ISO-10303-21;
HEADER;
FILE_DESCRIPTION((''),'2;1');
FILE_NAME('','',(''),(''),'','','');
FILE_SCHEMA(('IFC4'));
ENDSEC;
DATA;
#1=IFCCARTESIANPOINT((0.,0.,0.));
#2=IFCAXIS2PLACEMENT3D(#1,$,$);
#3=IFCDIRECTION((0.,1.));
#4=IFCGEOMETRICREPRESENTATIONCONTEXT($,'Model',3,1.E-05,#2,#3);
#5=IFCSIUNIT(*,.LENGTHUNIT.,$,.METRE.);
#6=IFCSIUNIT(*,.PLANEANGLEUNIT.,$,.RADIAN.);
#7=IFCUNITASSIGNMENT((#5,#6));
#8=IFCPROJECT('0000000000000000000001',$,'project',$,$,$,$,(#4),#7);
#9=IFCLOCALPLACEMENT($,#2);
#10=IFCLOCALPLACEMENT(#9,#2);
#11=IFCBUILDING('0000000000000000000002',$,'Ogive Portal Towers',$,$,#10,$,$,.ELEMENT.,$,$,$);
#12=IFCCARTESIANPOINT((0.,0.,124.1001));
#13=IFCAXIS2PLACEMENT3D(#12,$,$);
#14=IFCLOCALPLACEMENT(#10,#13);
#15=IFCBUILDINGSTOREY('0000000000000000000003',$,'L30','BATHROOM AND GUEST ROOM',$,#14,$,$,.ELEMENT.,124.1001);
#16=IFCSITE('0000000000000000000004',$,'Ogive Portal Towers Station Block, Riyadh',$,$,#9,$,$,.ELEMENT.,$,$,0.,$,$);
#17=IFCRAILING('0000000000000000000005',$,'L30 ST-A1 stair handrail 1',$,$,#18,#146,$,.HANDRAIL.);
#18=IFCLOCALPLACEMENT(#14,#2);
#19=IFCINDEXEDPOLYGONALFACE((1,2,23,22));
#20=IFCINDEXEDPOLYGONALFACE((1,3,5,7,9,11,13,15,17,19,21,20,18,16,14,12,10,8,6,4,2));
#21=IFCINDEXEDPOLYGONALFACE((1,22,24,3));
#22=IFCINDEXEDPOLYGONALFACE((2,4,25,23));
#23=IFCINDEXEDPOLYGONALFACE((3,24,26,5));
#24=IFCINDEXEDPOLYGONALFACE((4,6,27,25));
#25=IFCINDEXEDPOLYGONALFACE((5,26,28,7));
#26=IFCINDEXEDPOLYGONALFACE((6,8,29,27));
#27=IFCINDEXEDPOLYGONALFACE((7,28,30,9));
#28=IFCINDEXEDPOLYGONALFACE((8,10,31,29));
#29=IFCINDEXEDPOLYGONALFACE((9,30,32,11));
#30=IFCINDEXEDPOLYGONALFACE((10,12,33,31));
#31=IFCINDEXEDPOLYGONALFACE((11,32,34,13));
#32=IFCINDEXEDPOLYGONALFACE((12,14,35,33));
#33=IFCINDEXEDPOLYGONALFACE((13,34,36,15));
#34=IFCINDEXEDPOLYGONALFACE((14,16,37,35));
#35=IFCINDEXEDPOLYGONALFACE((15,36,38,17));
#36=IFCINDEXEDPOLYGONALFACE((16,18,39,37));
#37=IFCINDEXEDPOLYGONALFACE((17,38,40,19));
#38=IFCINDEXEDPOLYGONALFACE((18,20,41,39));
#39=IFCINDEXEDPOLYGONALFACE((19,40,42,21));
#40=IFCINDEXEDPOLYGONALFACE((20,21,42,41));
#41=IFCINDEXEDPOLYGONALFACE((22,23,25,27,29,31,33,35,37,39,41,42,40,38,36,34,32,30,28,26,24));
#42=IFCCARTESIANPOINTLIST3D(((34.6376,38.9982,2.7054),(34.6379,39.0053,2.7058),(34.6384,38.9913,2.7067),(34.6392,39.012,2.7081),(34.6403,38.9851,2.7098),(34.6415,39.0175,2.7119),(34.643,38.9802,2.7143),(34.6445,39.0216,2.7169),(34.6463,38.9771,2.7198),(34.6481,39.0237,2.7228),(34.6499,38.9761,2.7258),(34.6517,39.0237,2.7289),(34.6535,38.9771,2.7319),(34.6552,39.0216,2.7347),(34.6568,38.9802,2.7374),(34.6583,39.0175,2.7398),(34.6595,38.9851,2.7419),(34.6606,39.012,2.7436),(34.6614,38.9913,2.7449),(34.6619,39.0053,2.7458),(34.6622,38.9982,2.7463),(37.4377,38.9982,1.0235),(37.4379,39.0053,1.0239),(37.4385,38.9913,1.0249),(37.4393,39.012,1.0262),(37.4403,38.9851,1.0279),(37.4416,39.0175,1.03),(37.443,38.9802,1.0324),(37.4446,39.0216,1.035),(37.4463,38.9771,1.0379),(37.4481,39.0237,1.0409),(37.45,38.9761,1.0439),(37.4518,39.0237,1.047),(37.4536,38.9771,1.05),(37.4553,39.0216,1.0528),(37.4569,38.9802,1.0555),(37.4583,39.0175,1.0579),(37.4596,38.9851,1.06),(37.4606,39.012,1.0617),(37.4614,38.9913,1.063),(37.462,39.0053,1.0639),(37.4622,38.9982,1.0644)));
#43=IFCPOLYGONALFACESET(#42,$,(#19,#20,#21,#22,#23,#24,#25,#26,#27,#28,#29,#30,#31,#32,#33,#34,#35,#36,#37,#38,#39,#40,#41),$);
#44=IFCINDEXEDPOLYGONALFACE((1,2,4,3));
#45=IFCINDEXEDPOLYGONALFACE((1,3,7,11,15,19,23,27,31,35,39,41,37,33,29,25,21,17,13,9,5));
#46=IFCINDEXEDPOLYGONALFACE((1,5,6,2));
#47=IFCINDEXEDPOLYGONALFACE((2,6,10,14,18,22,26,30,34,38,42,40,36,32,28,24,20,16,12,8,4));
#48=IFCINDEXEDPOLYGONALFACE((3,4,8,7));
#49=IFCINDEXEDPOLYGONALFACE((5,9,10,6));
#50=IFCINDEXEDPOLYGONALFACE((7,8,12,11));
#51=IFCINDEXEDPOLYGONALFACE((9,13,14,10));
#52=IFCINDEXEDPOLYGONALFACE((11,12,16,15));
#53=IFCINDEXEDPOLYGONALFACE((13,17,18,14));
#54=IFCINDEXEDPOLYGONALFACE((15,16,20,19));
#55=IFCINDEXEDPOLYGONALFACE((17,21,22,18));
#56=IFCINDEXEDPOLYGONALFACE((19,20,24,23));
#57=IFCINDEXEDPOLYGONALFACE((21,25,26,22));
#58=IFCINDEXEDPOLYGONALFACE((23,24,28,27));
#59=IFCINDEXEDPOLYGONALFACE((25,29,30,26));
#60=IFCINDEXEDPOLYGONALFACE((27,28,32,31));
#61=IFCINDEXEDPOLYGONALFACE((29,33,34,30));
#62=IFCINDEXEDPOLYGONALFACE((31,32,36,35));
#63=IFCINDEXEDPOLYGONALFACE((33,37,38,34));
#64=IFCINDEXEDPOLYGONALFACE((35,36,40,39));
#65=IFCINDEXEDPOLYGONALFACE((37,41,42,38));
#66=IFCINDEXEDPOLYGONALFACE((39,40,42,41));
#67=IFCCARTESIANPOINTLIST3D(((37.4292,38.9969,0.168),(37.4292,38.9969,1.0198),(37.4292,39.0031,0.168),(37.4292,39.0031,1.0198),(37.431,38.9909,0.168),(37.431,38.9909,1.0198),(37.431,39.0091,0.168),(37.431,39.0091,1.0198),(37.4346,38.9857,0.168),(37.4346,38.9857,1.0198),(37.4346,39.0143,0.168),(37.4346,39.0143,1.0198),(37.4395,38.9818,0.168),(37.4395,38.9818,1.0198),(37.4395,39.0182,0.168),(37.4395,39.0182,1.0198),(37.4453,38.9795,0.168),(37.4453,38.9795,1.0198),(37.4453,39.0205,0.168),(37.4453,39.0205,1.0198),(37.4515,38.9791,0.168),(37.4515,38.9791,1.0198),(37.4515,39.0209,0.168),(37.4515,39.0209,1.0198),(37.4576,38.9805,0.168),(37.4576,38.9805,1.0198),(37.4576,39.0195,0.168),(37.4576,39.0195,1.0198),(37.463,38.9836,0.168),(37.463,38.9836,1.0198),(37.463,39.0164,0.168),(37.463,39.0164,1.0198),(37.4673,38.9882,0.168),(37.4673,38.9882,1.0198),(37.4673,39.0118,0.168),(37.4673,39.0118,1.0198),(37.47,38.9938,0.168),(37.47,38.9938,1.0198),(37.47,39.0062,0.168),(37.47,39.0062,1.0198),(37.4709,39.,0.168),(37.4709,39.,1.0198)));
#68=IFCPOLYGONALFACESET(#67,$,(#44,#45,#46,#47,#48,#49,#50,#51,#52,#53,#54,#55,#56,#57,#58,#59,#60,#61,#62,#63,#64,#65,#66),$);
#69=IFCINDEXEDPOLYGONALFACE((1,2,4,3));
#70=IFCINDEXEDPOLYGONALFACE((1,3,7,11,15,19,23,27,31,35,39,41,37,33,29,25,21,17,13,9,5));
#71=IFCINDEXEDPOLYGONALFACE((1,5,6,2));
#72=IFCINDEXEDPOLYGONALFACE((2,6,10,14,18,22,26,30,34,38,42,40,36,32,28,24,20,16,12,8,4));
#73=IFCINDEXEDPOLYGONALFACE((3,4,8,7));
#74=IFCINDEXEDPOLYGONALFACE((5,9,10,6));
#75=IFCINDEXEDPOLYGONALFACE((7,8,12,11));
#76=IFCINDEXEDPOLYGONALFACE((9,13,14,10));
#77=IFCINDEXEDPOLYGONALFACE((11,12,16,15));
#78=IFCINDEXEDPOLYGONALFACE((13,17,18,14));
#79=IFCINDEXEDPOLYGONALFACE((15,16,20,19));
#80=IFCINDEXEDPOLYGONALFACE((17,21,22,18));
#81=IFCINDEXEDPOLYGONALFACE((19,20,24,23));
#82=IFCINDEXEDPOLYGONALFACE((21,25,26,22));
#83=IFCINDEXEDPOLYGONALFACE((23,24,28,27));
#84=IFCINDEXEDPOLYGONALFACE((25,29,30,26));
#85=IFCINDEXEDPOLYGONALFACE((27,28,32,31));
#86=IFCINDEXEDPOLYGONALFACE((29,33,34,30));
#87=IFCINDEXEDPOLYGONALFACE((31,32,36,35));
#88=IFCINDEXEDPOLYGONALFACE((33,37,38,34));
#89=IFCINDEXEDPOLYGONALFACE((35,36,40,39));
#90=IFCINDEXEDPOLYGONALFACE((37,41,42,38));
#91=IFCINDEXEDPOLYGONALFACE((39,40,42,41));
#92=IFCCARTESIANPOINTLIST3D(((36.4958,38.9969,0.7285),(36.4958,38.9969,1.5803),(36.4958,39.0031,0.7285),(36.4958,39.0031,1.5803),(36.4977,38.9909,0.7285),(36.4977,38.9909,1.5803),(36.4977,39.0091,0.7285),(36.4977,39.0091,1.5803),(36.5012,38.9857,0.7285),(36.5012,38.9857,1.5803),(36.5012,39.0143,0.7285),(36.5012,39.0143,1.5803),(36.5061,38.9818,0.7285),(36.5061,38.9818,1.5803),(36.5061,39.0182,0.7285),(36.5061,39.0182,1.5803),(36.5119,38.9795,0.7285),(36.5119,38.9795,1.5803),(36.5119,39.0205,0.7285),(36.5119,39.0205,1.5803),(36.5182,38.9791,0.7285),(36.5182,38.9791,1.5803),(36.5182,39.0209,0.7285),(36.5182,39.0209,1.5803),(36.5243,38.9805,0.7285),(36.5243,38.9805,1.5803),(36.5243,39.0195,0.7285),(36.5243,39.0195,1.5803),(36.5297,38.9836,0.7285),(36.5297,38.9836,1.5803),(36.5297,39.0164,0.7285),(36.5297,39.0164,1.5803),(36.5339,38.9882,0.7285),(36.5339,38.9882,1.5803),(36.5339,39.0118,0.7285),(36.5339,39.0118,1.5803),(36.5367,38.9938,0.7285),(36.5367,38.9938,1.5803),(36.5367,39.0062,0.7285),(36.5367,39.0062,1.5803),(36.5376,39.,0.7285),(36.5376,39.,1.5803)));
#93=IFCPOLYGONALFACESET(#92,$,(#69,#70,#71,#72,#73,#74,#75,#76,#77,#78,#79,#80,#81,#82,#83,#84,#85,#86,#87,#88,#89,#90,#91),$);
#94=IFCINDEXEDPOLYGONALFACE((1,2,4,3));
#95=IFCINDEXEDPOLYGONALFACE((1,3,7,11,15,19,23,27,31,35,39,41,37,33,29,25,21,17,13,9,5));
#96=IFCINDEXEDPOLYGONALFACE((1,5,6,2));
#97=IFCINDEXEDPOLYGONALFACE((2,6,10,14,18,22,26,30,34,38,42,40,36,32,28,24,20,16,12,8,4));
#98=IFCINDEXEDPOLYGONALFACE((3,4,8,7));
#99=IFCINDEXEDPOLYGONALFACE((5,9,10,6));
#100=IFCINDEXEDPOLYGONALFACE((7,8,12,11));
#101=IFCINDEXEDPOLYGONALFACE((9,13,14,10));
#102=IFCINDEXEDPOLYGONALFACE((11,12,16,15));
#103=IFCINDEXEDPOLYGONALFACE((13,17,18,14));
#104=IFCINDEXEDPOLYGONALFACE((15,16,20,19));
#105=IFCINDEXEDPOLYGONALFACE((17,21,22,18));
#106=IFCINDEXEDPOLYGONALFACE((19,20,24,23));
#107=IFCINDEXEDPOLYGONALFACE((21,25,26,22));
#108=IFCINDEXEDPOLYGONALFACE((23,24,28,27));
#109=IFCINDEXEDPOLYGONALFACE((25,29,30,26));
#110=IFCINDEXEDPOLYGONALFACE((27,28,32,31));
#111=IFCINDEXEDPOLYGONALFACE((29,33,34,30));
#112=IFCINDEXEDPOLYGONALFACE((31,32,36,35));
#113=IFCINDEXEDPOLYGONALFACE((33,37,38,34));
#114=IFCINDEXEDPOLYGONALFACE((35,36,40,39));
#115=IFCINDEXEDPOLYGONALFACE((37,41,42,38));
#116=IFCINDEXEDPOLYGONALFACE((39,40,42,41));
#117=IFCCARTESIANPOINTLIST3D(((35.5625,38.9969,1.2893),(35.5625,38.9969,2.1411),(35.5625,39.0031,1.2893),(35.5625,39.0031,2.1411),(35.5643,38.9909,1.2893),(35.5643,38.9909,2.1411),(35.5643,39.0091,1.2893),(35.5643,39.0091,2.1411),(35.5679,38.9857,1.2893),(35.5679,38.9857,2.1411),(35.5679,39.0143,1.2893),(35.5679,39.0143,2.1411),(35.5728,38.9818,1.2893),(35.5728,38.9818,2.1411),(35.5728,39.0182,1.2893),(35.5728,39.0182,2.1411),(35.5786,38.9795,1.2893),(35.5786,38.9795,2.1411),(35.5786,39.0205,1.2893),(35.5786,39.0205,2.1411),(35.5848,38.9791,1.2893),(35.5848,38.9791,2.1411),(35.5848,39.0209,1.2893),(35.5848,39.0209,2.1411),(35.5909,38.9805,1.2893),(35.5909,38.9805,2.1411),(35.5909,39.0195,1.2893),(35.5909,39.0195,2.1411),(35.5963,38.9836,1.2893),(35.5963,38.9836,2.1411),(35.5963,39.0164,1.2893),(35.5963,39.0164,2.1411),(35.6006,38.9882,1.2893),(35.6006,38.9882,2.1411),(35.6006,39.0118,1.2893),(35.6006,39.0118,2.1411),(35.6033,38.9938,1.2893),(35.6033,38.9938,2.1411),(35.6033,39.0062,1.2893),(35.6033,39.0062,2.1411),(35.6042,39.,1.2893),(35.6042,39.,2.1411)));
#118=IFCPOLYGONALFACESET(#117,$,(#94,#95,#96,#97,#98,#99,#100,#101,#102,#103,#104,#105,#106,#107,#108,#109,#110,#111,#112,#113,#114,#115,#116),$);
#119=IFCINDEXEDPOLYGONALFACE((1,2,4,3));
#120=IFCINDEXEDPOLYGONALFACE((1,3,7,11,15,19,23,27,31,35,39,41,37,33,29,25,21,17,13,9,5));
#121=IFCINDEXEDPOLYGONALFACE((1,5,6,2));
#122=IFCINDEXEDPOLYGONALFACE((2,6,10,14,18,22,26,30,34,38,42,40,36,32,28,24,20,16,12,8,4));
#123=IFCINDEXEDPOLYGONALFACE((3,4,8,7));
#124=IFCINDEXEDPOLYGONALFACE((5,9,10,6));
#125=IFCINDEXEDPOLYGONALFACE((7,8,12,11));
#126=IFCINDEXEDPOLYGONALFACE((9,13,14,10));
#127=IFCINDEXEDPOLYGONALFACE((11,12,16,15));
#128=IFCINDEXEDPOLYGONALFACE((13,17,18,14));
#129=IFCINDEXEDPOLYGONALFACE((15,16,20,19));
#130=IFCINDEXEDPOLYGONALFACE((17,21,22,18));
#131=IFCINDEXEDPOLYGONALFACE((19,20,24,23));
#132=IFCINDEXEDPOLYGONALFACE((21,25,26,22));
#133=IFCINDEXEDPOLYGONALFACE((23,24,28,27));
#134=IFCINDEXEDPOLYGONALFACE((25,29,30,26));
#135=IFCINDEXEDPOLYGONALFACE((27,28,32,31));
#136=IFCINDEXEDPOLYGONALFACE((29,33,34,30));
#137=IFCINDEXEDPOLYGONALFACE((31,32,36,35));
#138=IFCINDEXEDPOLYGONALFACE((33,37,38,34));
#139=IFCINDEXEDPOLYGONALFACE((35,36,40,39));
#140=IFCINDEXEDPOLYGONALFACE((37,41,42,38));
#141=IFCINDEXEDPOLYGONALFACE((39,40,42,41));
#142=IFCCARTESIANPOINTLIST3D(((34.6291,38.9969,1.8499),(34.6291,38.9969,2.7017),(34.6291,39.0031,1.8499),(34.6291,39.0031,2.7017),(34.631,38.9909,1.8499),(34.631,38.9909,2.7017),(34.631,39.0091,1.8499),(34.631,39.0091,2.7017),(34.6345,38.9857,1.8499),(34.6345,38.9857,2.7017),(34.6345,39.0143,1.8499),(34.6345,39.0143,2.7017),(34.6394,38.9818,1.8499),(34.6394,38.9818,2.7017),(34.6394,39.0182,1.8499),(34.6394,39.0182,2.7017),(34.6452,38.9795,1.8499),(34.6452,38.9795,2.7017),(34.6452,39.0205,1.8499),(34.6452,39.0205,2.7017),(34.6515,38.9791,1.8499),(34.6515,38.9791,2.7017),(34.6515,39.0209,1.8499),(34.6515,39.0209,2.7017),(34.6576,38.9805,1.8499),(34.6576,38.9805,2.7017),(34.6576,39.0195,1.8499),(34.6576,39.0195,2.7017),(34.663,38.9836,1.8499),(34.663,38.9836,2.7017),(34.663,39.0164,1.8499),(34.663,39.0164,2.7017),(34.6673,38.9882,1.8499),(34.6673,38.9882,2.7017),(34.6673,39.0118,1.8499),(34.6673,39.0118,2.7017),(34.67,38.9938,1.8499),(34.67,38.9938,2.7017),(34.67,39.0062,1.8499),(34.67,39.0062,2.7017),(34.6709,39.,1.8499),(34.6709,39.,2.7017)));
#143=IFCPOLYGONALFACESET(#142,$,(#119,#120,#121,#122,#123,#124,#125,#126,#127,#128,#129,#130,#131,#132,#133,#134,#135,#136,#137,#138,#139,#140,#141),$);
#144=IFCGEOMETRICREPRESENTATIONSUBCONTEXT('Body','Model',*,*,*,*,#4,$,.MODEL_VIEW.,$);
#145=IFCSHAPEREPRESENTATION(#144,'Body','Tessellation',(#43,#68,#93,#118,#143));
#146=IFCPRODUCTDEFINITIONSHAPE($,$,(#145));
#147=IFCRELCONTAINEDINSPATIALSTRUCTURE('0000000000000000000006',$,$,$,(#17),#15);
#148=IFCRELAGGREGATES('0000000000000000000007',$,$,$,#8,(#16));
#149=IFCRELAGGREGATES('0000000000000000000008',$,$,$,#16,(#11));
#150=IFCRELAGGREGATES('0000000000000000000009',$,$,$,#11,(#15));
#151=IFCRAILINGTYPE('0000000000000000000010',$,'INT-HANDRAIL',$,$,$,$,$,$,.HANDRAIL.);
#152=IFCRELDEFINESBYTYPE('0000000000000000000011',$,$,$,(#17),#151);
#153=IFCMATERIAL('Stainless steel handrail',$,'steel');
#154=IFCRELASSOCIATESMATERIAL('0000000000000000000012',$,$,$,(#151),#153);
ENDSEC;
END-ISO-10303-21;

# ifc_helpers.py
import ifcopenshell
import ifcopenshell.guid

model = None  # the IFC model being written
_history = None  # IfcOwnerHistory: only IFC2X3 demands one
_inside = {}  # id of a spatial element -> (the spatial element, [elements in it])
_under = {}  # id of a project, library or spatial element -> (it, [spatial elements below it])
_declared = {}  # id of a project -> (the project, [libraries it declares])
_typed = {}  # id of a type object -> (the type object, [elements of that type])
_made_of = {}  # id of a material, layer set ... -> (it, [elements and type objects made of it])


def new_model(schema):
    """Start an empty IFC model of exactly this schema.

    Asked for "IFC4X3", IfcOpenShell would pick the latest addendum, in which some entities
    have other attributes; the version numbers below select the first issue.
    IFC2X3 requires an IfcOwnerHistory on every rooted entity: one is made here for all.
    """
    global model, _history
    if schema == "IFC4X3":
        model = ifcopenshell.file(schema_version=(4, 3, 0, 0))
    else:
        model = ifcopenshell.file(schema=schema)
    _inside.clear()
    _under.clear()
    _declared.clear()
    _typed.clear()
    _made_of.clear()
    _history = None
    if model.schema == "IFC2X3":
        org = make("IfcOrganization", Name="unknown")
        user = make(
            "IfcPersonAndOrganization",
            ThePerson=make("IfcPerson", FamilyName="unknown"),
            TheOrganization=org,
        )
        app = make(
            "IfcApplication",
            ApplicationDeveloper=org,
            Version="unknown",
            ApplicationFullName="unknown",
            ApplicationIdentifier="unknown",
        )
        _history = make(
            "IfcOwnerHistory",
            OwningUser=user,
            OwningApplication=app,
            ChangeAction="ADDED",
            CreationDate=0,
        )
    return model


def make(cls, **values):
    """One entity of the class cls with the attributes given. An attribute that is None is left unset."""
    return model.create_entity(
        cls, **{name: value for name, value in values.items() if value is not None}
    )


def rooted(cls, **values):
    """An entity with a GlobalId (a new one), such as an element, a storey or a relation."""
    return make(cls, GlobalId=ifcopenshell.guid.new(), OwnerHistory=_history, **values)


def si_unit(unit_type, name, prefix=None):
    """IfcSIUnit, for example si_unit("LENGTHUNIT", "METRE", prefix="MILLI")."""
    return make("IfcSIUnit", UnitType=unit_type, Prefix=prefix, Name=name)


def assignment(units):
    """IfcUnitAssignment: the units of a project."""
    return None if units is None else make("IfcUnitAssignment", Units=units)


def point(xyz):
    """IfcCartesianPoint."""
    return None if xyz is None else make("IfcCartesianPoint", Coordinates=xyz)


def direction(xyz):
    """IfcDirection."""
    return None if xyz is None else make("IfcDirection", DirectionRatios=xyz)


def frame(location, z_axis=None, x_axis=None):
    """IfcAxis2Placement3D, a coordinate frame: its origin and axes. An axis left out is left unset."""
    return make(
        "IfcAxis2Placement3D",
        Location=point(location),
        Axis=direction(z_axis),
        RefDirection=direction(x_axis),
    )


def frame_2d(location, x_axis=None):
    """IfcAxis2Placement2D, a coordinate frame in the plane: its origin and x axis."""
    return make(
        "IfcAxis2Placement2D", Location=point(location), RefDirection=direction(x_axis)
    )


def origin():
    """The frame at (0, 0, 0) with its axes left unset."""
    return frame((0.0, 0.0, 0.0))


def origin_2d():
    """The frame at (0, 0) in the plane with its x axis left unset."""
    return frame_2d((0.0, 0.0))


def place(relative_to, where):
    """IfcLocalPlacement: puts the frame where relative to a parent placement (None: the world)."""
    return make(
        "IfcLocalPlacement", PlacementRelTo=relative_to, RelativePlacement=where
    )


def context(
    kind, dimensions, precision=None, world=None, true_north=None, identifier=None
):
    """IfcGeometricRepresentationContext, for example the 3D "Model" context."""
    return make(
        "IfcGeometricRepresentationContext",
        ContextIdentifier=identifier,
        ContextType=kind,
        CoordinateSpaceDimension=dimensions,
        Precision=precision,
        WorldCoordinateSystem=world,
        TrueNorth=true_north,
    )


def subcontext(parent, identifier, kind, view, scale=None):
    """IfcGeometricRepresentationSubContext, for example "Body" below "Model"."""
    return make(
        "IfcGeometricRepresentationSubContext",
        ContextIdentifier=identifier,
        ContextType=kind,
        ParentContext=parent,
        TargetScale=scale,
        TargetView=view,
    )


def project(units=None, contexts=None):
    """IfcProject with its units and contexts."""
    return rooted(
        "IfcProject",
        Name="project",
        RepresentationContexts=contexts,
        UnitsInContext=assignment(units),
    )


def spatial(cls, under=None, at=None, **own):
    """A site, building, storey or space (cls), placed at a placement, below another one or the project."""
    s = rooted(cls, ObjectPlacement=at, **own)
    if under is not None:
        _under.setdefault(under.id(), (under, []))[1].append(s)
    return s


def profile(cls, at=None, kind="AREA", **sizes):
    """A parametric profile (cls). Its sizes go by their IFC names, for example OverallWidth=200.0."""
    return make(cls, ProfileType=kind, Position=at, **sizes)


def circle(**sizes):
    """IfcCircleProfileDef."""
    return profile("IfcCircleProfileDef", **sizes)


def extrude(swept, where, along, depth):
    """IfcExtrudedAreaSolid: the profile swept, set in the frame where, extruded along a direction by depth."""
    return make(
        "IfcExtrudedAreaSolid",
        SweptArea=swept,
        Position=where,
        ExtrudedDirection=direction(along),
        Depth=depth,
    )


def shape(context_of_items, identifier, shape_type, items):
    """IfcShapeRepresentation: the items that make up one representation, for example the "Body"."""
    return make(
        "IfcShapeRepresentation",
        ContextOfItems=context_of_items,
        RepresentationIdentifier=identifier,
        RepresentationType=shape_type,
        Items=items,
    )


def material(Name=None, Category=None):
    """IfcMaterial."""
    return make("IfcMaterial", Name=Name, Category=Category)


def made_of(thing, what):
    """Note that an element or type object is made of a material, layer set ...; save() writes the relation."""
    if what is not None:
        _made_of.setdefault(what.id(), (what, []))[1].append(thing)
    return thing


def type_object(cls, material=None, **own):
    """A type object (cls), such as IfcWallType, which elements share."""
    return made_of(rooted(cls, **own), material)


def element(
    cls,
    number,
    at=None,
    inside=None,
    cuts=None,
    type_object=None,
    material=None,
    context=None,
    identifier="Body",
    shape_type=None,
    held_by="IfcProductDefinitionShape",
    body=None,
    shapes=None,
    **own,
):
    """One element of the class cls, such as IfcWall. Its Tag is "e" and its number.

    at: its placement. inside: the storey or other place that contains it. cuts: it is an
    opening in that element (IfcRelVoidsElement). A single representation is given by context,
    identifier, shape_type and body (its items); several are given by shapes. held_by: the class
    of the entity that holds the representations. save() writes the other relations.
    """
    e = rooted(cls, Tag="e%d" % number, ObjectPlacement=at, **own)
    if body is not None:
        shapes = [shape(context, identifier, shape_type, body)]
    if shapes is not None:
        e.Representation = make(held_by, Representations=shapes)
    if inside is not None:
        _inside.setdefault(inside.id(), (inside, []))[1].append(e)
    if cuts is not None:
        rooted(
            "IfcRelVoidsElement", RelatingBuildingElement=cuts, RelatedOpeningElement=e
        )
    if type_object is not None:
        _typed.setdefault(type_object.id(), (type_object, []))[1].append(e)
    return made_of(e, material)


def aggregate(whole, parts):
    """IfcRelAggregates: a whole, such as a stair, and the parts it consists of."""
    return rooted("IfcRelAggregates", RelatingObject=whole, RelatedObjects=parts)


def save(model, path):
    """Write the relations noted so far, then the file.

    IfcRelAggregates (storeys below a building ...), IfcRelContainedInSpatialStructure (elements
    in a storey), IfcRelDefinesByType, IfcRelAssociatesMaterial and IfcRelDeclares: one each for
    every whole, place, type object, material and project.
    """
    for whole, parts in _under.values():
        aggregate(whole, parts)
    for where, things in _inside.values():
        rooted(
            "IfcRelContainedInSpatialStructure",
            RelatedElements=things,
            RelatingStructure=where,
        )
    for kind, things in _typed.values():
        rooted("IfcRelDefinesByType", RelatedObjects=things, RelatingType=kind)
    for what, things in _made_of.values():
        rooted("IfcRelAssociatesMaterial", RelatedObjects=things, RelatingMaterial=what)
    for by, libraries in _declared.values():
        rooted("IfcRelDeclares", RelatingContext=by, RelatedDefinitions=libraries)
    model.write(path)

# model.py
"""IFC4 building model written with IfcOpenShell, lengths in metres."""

from ifc_helpers import new_model, si_unit, direction, frame, origin, origin_2d, place, context, subcontext, project, spatial, circle, extrude, material, type_object, element, save


model = new_model("IFC4")

# Units and contexts
model_context = context("Model", 3, precision=1e-05, world=origin(), true_north=direction((0.0, 1.0)))
body_context = subcontext(model_context, "Body", "Model", "MODEL_VIEW")
ifc_project = project(units=[si_unit("LENGTHUNIT", "METRE"), si_unit("PLANEANGLEUNIT", "RADIAN")], contexts=[model_context])

# Site, building, storey
site_placement = place(None, origin())
site = spatial("IfcSite", under=ifc_project, at=site_placement, Name="Ogive Portal Towers Station Block, Riyadh", CompositionType="ELEMENT", RefElevation=0.0)
building_placement = place(site_placement, origin())
building = spatial("IfcBuilding", under=site, at=building_placement, Name="Ogive Portal Towers", CompositionType="ELEMENT")
storey_placement = place(building_placement, frame((0.0, 0.0, 124.1001)))
storey = spatial("IfcBuildingStorey", under=building, at=storey_placement, Name="L30", Description="BATHROOM AND GUEST ROOM", CompositionType="ELEMENT", Elevation=124.1001)

# Railing
ifc_material_1 = material(Name="Stainless steel handrail", Category="steel")
railing_type = type_object("IfcRailingType", Name="INT-HANDRAIL", PredefinedType="HANDRAIL", material=ifc_material_1)
railing_placement = place(storey_placement, frame((37.45, 39.0, 0.168)))
element("IfcRailing", 1, at=railing_placement, inside=storey, type_object=railing_type, Name="L30 ST-A1 stair handrail 1", PredefinedType="HANDRAIL", context=body_context, shape_type="SweptSolid", body=[
    extrude(circle(Radius=0.0239, at=origin_2d()), frame((0.0, 0.0, 0.876), z_axis=(-0.857242, 0.0, 0.514913), x_axis=(0.0, -1.0, 0.0)), (0.0, 0.0, 1.0), 3.2664),
    extrude(circle(Radius=0.021, at=origin_2d()), origin(), (0.0, 0.0, 1.0), 0.8518),
    extrude(circle(Radius=0.021, at=origin_2d()), frame((-0.9333, 0.0, 0.5605)), (0.0, 0.0, 1.0), 0.8518),
    extrude(circle(Radius=0.021, at=origin_2d()), frame((-1.8667, 0.0, 1.1213)), (0.0, 0.0, 1.0), 0.8518),
    extrude(circle(Radius=0.021, at=origin_2d()), frame((-2.8, 0.0, 1.6819)), (0.0, 0.0, 1.0), 0.8518),
])

save(model, "model.ifc")
